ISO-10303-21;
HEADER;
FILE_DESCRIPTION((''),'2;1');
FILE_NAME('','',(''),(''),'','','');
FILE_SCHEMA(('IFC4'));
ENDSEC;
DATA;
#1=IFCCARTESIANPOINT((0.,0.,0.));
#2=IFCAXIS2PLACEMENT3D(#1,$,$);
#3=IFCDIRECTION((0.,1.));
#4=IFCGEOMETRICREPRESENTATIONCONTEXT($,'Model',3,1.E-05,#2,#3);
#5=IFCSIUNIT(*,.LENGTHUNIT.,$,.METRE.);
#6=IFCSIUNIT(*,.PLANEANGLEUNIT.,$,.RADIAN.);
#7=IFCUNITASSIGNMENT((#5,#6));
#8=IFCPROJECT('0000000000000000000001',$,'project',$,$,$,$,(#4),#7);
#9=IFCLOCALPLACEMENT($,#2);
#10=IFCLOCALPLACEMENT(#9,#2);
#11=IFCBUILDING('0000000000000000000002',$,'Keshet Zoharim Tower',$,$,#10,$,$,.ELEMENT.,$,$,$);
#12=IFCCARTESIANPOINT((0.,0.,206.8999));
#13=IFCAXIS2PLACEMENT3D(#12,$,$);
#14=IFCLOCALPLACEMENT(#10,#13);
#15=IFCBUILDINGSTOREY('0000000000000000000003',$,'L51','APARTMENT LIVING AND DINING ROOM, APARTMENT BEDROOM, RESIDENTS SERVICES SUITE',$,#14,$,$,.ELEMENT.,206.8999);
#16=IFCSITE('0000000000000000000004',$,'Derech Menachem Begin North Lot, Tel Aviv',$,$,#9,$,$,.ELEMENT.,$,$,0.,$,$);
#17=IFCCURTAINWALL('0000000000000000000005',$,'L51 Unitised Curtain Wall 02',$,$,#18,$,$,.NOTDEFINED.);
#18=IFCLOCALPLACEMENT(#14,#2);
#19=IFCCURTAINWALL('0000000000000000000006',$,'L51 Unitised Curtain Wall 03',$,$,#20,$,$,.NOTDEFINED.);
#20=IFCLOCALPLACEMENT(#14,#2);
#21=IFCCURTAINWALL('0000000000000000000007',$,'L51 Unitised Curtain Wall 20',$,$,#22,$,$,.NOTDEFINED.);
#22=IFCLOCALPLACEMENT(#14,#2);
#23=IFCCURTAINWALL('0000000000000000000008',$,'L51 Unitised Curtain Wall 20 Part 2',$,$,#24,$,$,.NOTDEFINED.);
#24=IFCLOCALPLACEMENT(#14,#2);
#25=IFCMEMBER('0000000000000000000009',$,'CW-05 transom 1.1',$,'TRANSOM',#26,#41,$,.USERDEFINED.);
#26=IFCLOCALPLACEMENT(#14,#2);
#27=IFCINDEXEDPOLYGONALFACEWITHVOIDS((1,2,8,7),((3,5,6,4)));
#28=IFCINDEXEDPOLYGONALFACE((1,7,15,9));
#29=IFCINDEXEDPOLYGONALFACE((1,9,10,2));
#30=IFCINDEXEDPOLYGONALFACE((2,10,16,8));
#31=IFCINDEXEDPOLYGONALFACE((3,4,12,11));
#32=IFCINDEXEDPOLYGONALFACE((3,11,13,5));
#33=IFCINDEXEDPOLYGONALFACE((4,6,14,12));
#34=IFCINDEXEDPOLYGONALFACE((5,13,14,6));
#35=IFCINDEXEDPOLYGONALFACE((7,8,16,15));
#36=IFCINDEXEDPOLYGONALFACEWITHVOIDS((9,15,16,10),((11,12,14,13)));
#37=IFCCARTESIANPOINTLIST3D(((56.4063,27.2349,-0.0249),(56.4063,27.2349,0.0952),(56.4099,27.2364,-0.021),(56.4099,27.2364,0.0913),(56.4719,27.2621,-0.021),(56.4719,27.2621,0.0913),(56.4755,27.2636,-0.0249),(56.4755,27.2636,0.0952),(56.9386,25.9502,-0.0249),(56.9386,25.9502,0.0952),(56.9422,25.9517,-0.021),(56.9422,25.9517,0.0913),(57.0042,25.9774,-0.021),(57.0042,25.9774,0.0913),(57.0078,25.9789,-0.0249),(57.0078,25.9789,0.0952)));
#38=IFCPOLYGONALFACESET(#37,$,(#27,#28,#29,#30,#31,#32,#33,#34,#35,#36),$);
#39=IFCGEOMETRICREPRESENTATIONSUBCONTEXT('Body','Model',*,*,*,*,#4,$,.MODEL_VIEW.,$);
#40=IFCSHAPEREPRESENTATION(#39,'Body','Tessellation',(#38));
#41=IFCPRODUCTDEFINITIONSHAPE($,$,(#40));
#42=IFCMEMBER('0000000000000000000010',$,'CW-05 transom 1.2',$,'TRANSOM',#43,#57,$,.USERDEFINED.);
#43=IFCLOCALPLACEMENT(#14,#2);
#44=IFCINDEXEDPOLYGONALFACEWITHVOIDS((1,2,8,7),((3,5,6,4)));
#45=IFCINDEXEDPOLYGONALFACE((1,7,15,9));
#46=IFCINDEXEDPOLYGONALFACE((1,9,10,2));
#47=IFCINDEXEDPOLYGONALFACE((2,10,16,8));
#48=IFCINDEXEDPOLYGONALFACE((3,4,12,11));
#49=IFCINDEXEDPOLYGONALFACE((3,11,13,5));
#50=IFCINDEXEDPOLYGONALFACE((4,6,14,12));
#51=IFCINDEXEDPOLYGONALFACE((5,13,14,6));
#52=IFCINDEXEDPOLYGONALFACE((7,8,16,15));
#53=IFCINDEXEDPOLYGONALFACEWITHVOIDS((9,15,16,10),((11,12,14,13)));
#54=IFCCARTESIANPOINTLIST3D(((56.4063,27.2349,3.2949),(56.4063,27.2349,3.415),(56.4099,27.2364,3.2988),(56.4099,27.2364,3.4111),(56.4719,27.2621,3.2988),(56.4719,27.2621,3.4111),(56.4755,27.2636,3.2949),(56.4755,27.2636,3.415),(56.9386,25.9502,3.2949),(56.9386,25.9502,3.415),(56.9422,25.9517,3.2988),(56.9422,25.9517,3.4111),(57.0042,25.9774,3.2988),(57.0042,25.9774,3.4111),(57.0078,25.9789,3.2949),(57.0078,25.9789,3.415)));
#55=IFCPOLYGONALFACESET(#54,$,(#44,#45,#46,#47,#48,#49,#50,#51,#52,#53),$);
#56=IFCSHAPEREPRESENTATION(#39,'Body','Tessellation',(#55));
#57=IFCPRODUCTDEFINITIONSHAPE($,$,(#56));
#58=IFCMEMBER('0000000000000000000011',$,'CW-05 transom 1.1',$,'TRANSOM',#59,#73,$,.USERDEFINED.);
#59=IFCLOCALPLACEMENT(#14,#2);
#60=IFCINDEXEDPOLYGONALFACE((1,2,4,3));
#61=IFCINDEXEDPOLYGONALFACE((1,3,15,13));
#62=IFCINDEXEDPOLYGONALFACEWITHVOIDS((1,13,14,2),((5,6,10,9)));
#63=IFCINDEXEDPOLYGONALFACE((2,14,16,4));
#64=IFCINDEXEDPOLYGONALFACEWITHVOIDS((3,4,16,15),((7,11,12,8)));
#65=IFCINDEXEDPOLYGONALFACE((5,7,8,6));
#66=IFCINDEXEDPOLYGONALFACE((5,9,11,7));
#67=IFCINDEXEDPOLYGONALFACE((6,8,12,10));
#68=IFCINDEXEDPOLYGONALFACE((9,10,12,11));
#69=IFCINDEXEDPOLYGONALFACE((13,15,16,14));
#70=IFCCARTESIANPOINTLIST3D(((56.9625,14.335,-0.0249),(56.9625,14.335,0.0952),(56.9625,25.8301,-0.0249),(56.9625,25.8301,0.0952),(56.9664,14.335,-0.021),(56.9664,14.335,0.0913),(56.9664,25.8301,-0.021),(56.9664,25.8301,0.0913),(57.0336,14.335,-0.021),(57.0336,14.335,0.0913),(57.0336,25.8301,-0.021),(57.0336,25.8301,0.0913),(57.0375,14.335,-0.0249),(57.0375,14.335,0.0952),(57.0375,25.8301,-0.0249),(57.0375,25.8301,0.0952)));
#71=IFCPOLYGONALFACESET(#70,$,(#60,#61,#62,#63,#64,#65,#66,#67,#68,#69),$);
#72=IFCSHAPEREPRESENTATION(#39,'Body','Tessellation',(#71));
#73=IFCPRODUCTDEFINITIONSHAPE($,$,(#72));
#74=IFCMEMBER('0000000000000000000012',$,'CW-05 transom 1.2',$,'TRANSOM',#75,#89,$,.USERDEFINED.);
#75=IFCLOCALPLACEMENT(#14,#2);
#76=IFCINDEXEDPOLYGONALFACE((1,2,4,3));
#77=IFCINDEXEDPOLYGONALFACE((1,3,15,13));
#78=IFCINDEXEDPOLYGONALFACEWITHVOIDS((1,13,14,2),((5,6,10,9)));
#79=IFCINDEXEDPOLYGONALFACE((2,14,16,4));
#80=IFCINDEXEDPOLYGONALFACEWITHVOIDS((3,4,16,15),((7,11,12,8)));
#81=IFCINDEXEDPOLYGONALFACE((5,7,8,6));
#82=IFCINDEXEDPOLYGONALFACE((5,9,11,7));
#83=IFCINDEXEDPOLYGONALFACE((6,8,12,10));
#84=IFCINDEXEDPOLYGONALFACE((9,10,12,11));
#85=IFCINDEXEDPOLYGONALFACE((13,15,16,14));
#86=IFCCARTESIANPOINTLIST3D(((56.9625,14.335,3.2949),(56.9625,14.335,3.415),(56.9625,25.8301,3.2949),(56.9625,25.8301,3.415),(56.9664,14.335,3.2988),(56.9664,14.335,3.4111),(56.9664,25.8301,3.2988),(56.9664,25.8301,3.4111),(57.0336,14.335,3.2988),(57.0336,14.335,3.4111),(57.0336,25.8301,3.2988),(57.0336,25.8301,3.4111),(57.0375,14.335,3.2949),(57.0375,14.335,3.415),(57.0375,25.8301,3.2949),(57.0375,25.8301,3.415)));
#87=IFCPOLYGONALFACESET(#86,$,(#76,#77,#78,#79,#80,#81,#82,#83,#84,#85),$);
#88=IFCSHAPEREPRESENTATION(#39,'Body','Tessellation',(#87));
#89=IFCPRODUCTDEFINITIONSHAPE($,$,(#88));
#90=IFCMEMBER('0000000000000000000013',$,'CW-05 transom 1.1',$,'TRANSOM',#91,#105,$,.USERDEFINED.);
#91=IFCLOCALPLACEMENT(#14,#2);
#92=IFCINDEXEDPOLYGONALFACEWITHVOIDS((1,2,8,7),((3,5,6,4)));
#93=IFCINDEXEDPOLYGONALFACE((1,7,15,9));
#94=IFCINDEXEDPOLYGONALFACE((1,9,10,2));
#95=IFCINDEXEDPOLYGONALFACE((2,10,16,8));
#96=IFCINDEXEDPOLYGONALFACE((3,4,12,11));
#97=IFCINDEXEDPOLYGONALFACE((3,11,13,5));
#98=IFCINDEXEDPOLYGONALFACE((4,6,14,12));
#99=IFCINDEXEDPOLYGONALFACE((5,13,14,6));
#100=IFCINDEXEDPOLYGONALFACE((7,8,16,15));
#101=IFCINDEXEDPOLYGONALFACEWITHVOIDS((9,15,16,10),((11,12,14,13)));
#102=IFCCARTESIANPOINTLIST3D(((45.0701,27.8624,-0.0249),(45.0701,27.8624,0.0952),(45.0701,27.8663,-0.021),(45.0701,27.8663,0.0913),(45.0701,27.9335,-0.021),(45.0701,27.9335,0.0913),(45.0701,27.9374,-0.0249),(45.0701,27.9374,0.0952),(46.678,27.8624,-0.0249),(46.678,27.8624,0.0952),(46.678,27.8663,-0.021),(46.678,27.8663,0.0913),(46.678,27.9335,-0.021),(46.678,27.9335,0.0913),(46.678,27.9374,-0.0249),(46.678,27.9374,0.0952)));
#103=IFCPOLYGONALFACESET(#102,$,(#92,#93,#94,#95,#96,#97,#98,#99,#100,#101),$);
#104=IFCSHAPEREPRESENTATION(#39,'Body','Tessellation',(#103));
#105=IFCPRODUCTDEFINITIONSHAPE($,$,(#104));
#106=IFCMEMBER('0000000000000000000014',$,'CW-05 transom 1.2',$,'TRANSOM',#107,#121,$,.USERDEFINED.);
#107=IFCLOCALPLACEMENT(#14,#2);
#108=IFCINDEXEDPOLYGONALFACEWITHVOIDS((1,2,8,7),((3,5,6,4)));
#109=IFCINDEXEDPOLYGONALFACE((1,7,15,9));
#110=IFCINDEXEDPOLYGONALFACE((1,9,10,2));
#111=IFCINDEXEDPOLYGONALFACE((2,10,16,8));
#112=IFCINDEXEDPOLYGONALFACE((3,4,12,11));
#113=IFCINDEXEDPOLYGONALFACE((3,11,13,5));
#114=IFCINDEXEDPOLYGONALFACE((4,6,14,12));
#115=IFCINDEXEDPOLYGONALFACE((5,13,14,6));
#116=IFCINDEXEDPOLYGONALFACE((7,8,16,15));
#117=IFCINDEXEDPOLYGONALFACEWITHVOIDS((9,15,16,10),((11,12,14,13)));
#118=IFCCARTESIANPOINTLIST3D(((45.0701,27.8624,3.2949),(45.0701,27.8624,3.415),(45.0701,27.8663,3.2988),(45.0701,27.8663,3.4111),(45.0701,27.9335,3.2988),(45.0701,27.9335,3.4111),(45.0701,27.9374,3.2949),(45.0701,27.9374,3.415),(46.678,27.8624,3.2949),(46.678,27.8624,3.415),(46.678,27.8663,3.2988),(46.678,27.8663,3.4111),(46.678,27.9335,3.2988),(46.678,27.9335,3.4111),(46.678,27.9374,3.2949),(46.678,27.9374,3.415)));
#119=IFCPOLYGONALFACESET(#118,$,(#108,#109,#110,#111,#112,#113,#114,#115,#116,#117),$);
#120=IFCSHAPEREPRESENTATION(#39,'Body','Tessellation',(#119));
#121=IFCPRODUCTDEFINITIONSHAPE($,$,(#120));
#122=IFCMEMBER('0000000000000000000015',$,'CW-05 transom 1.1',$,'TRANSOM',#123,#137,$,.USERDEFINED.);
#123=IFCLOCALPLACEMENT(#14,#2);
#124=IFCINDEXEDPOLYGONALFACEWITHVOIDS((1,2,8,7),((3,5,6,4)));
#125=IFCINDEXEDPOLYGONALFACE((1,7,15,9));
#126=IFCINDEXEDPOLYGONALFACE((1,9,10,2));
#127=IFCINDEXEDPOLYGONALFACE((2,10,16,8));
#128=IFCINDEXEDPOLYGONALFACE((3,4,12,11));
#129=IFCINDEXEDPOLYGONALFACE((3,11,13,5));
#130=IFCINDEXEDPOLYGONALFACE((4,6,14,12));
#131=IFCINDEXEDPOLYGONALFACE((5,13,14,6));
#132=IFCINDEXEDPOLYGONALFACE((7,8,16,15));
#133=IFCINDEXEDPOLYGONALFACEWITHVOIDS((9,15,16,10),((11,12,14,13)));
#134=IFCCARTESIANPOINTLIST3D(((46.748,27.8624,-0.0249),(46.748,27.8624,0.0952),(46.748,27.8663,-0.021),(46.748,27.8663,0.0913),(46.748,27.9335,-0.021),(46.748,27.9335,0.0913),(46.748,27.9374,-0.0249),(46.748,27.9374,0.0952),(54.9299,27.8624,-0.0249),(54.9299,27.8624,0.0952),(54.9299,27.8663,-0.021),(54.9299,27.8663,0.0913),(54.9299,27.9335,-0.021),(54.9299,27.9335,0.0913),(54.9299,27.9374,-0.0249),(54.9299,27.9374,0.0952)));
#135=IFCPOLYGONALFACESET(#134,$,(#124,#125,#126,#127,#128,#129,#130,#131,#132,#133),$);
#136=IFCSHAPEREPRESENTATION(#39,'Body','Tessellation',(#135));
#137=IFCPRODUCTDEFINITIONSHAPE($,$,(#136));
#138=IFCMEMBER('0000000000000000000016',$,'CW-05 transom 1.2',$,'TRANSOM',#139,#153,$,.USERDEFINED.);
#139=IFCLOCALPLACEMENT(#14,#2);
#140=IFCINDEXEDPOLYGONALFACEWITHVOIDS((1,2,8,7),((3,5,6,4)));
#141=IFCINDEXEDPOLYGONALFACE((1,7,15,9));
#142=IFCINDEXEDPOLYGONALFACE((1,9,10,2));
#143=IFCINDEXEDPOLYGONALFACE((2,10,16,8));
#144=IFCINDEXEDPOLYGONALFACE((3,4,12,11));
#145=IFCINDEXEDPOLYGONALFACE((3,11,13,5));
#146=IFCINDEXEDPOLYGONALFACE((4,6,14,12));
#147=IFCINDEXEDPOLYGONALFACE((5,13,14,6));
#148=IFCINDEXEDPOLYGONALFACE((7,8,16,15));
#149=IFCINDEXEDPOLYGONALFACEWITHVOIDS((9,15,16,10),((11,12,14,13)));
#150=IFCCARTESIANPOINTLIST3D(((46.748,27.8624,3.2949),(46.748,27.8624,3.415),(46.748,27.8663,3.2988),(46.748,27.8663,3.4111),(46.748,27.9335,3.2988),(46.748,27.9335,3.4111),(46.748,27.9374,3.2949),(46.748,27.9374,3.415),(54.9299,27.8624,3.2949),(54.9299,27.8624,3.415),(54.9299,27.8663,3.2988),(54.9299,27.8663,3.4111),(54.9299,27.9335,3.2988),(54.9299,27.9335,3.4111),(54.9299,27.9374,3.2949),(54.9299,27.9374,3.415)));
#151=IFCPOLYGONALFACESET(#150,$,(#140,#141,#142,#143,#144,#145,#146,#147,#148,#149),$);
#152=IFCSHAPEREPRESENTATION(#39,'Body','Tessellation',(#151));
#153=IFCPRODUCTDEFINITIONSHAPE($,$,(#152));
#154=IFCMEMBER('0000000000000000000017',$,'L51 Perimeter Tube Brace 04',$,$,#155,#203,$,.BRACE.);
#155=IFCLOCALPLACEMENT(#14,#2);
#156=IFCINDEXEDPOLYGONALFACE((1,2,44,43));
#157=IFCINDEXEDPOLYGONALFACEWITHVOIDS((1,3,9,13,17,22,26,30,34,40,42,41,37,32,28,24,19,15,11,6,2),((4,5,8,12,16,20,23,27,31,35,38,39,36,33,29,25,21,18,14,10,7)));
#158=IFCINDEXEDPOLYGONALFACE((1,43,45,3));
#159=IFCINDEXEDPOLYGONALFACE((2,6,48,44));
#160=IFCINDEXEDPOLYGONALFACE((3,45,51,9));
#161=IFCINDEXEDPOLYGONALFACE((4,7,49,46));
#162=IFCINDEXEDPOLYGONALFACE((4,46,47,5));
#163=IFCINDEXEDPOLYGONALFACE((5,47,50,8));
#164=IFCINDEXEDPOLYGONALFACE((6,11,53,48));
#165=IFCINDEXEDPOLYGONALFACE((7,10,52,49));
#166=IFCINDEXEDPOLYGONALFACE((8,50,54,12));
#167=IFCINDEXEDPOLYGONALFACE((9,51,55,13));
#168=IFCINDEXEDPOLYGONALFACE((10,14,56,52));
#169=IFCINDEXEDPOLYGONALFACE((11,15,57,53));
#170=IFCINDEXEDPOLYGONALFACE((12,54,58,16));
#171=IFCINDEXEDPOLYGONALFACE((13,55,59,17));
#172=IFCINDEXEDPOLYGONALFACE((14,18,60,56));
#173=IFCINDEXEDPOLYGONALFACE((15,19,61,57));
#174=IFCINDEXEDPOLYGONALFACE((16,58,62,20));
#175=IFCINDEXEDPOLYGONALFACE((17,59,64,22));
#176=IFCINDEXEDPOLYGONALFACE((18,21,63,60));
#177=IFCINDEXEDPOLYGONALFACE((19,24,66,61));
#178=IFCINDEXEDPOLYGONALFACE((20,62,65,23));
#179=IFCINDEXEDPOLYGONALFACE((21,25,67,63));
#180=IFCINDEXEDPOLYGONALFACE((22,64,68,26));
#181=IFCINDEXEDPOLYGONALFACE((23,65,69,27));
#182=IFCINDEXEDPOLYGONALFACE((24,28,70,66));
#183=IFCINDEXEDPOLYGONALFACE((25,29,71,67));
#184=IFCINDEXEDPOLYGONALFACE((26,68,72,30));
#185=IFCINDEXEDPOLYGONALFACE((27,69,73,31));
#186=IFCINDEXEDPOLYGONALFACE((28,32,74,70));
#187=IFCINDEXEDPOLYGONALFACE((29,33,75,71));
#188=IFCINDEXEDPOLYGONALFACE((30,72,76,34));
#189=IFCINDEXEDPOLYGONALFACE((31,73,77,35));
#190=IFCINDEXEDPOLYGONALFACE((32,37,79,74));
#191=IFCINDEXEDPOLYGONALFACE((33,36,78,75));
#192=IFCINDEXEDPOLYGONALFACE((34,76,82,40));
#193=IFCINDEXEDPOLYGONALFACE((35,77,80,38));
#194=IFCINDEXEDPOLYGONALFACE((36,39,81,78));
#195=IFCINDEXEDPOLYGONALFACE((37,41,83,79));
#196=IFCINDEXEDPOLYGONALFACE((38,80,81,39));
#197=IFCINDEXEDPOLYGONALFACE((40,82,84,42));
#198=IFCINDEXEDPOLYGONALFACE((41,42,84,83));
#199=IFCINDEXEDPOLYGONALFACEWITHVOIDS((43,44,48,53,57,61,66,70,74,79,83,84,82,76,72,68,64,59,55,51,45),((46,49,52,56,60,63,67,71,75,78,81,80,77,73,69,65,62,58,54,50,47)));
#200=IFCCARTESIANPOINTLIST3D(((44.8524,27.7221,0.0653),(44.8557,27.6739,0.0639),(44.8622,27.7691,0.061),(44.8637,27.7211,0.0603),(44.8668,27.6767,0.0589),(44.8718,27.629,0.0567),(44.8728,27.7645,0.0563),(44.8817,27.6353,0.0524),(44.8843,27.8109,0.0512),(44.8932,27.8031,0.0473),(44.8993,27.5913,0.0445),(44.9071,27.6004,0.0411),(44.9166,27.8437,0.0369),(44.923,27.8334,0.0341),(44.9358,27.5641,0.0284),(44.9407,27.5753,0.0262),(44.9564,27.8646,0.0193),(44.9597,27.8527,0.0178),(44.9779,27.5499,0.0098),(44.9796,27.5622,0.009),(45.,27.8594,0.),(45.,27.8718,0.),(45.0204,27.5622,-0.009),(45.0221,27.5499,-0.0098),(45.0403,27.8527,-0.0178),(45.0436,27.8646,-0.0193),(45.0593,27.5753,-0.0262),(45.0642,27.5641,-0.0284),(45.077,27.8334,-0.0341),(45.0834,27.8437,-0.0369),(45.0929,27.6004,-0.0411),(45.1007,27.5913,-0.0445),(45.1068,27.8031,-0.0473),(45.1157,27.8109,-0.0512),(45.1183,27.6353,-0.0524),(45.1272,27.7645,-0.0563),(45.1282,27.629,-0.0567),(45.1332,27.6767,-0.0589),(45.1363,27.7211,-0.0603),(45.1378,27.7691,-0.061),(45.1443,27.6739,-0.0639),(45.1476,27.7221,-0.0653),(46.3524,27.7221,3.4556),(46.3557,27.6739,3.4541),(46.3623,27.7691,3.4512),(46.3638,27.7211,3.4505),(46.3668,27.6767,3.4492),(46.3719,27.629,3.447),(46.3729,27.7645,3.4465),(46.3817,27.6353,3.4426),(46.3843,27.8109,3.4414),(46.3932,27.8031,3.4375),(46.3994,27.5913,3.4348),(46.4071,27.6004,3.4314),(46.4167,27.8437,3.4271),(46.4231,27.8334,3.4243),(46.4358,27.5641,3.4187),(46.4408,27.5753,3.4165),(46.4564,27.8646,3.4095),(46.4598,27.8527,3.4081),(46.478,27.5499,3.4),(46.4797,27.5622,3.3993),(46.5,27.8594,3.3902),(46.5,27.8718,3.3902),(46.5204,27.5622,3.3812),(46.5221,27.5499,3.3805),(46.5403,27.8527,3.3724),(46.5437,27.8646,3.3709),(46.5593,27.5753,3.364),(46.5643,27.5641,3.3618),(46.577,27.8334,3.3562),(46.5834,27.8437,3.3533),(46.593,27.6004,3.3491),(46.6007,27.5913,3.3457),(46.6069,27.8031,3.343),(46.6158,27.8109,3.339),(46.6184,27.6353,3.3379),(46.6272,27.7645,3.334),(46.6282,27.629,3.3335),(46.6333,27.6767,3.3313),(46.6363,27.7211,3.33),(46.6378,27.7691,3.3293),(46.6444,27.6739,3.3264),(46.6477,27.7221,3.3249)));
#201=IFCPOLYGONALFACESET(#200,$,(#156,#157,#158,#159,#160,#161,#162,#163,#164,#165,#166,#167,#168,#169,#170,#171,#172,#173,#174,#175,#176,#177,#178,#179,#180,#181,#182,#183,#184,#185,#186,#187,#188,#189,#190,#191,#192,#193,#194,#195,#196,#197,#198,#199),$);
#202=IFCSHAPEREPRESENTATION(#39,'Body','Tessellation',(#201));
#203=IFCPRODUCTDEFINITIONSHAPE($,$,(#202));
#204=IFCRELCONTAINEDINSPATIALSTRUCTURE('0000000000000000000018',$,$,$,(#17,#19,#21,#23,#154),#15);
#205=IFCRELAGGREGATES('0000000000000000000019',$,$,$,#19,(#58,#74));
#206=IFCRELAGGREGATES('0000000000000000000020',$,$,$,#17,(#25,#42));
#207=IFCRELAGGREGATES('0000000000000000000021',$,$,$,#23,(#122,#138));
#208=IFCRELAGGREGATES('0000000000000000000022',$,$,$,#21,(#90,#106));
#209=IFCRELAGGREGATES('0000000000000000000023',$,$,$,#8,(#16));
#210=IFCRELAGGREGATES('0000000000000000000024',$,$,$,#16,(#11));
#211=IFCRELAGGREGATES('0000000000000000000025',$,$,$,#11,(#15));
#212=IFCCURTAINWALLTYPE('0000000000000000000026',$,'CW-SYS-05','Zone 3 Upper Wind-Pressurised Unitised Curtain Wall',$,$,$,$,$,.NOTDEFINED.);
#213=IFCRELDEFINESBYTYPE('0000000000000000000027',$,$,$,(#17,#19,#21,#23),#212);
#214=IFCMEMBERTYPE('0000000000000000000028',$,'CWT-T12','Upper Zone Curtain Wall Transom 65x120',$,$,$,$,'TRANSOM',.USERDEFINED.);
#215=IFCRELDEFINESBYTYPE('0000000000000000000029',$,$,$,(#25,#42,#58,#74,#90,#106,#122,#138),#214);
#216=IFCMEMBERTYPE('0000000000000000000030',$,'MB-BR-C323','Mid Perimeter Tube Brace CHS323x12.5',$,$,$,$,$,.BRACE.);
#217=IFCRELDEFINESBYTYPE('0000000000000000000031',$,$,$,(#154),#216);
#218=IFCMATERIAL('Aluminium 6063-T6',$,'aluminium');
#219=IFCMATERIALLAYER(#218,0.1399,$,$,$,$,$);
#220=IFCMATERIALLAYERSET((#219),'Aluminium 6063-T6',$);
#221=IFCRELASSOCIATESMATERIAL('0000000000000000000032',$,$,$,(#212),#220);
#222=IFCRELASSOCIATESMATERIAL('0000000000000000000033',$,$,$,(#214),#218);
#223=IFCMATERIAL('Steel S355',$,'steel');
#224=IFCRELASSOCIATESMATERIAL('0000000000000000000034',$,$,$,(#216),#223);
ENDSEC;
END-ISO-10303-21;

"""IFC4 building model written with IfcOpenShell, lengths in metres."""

from ifc_helpers import new_model, si_unit, direction, frame, origin, origin_2d, place, context, subcontext, project, spatial, hollow_rectangle, hollow_circle, extrude, material, layer, layer_set, material_profile, profile_set, type_object, element, aggregate, save


model = new_model("IFC4")

# Units and contexts
model_context = context("Model", 3, precision=1e-05, world=origin(), true_north=direction((0.0, 1.0)))
body_context = subcontext(model_context, "Body", "Model", "MODEL_VIEW")
ifc_project = project(units=[si_unit("LENGTHUNIT", "METRE"), si_unit("PLANEANGLEUNIT", "RADIAN")], contexts=[model_context])

# Site, building, storey
site_placement = place(None, origin())
site = spatial("IfcSite", under=ifc_project, at=site_placement, Name="Derech Menachem Begin North Lot, Tel Aviv", CompositionType="ELEMENT", RefElevation=0.0)
building_placement = place(site_placement, origin())
building = spatial("IfcBuilding", under=site, at=building_placement, Name="Keshet Zoharim Tower", CompositionType="ELEMENT")
storey_placement = place(building_placement, frame((0.0, 0.0, 206.8999)))
storey = spatial("IfcBuildingStorey", under=building, at=storey_placement, Name="L51", Description="APARTMENT LIVING AND DINING ROOM, APARTMENT BEDROOM, RESIDENTS SERVICES SUITE", CompositionType="ELEMENT", Elevation=206.8999)

# Shared definitions
ifc_material_1 = material(Name="Steel S355", Category="steel")

# Curtain wall
ifc_material_2 = material(Name="Aluminium 6063-T6", Category="aluminium")
ifc_layer_1 = layer(ifc_material_2, 0.1399)
ifc_layer_set_1 = layer_set([ifc_layer_1], Name="Aluminium 6063-T6")
curtain_wall_type = type_object("IfcCurtainWallType", Name="CW-SYS-05", Description="Zone 3 Upper Wind-Pressurised Unitised Curtain Wall", PredefinedType="NOTDEFINED", material=ifc_layer_set_1)
curtain_wall_1_placement = place(storey_placement, origin())
curtain_wall_1 = element("IfcCurtainWall", 1, at=curtain_wall_1_placement, inside=storey, type_object=curtain_wall_type, Name="L51 Unitised Curtain Wall 02", PredefinedType="NOTDEFINED")

# Curtain wall
curtain_wall_2_placement = place(storey_placement, origin())
curtain_wall_2 = element("IfcCurtainWall", 2, at=curtain_wall_2_placement, inside=storey, type_object=curtain_wall_type, Name="L51 Unitised Curtain Wall 03", PredefinedType="NOTDEFINED")

# Curtain wall
curtain_wall_3_placement = place(storey_placement, origin())
curtain_wall_3 = element("IfcCurtainWall", 3, at=curtain_wall_3_placement, inside=storey, type_object=curtain_wall_type, Name="L51 Unitised Curtain Wall 20", PredefinedType="NOTDEFINED")

# Curtain wall
curtain_wall_4_placement = place(storey_placement, origin())
curtain_wall_4 = element("IfcCurtainWall", 4, at=curtain_wall_4_placement, inside=storey, type_object=curtain_wall_type, Name="L51 Unitised Curtain Wall 20 Part 2", PredefinedType="NOTDEFINED")

# Members
ifc_material_profile_1 = material_profile(ifc_material_2, hollow_rectangle(XDim=0.075, YDim=0.1201, WallThickness=0.0039, at=origin_2d()), Name="TRN-75x120")
ifc_profile_set_1 = profile_set([ifc_material_profile_1], Name="Aluminium 6063-T6")
member_type_1 = type_object("IfcMemberType", Name="CWT-T12", Description="Upper Zone Curtain Wall Transom 65x120", ElementType="TRANSOM", PredefinedType="USERDEFINED", material=ifc_profile_set_1)
member_1_placement = place(storey_placement, frame((56.4409, 27.2493, 0.0352), z_axis=(0.382745, -0.923854, 0.0), x_axis=(0.923854, 0.382745, 0.0)))
member_1 = element("IfcMember", 5, at=member_1_placement, type_object=member_type_1, Name="CW-05 transom 1.1", ObjectType="TRANSOM", PredefinedType="USERDEFINED", context=body_context, shape_type="SweptSolid", body=[
    extrude(hollow_rectangle(XDim=0.075, YDim=0.1201, WallThickness=0.0039, at=origin_2d()), origin(), (0.0, 0.0, 1.0), 1.3906),
])
member_2_placement = place(storey_placement, frame((56.4409, 27.2493, 3.355), z_axis=(0.382745, -0.923854, 0.0), x_axis=(0.923854, 0.382745, 0.0)))
member_2 = element("IfcMember", 6, at=member_2_placement, type_object=member_type_1, Name="CW-05 transom 1.2", ObjectType="TRANSOM", PredefinedType="USERDEFINED", context=body_context, shape_type="SweptSolid", body=[
    extrude(hollow_rectangle(XDim=0.075, YDim=0.1201, WallThickness=0.0039, at=origin_2d()), origin(), (0.0, 0.0, 1.0), 1.3906),
])
member_3_placement = place(storey_placement, frame((57.0, 25.8301, 0.0352), z_axis=(0.0, -1.0, 0.0), x_axis=(1.0, 0.0, 0.0)))
member_3 = element("IfcMember", 7, at=member_3_placement, type_object=member_type_1, Name="CW-05 transom 1.1", ObjectType="TRANSOM", PredefinedType="USERDEFINED", context=body_context, shape_type="SweptSolid", body=[
    extrude(hollow_rectangle(XDim=0.075, YDim=0.1201, WallThickness=0.0039, at=origin_2d()), origin(), (0.0, 0.0, 1.0), 11.4951),
])
member_4_placement = place(storey_placement, frame((57.0, 25.8301, 3.355), z_axis=(0.0, -1.0, 0.0), x_axis=(1.0, 0.0, 0.0)))
member_4 = element("IfcMember", 8, at=member_4_placement, type_object=member_type_1, Name="CW-05 transom 1.2", ObjectType="TRANSOM", PredefinedType="USERDEFINED", context=body_context, shape_type="SweptSolid", body=[
    extrude(hollow_rectangle(XDim=0.075, YDim=0.1201, WallThickness=0.0039, at=origin_2d()), origin(), (0.0, 0.0, 1.0), 11.4951),
])
aggregate(curtain_wall_2, [member_3, member_4])
member_5_placement = place(storey_placement, frame((45.0701, 27.8999, 0.0352), z_axis=(1.0, 0.0, 0.0), x_axis=(0.0, 1.0, 0.0)))
member_5 = element("IfcMember", 9, at=member_5_placement, type_object=member_type_1, Name="CW-05 transom 1.1", ObjectType="TRANSOM", PredefinedType="USERDEFINED", context=body_context, shape_type="SweptSolid", body=[
    extrude(hollow_rectangle(XDim=0.075, YDim=0.1201, WallThickness=0.0039, at=origin_2d()), origin(), (0.0, 0.0, 1.0), 1.6079),
])
member_6_placement = place(storey_placement, frame((45.0701, 27.8999, 3.355), z_axis=(1.0, 0.0, 0.0), x_axis=(0.0, 1.0, 0.0)))
member_6 = element("IfcMember", 10, at=member_6_placement, type_object=member_type_1, Name="CW-05 transom 1.2", ObjectType="TRANSOM", PredefinedType="USERDEFINED", context=body_context, shape_type="SweptSolid", body=[
    extrude(hollow_rectangle(XDim=0.075, YDim=0.1201, WallThickness=0.0039, at=origin_2d()), origin(), (0.0, 0.0, 1.0), 1.6079),
])
member_7_placement = place(storey_placement, frame((46.748, 27.8999, 0.0352), z_axis=(1.0, 0.0, 0.0), x_axis=(0.0, 1.0, 0.0)))
member_7 = element("IfcMember", 11, at=member_7_placement, type_object=member_type_1, Name="CW-05 transom 1.1", ObjectType="TRANSOM", PredefinedType="USERDEFINED", context=body_context, shape_type="SweptSolid", body=[
    extrude(hollow_rectangle(XDim=0.075, YDim=0.1201, WallThickness=0.0039, at=origin_2d()), origin(), (0.0, 0.0, 1.0), 8.1819),
])
member_8_placement = place(storey_placement, frame((46.748, 27.8999, 3.355), z_axis=(1.0, 0.0, 0.0), x_axis=(0.0, 1.0, 0.0)))
member_8 = element("IfcMember", 12, at=member_8_placement, type_object=member_type_1, Name="CW-05 transom 1.2", ObjectType="TRANSOM", PredefinedType="USERDEFINED", context=body_context, shape_type="SweptSolid", body=[
    extrude(hollow_rectangle(XDim=0.075, YDim=0.1201, WallThickness=0.0039, at=origin_2d()), origin(), (0.0, 0.0, 1.0), 8.1819),
])
ifc_material_profile_2 = material_profile(ifc_material_1, hollow_circle(Radius=0.1619, WallThickness=0.0125, at=origin_2d()), Name="CHS323x12.5")
ifc_profile_set_2 = profile_set([ifc_material_profile_2], Name="Steel S355")
member_type_2 = type_object("IfcMemberType", Name="MB-BR-C323", Description="Mid Perimeter Tube Brace CHS323x12.5", PredefinedType="BRACE", material=ifc_profile_set_2)
member_9_placement = place(storey_placement, frame((45.0, 27.71, 0.0), z_axis=(0.404623, 0.0, 0.914484), x_axis=(0.0, 1.0, 0.0)))
element("IfcMember", 13, at=member_9_placement, inside=storey, type_object=member_type_2, Name="L51 Perimeter Tube Brace 04", PredefinedType="BRACE", context=body_context, shape_type="SweptSolid", body=[
    extrude(hollow_circle(Radius=0.1619, WallThickness=0.0125, at=origin_2d()), origin(), (0.0, 0.0, 1.0), 3.7073),
])

aggregate(curtain_wall_1, [member_1, member_2])
aggregate(curtain_wall_4, [member_7, member_8])
aggregate(curtain_wall_3, [member_5, member_6])

save(model, "model.ifc")
